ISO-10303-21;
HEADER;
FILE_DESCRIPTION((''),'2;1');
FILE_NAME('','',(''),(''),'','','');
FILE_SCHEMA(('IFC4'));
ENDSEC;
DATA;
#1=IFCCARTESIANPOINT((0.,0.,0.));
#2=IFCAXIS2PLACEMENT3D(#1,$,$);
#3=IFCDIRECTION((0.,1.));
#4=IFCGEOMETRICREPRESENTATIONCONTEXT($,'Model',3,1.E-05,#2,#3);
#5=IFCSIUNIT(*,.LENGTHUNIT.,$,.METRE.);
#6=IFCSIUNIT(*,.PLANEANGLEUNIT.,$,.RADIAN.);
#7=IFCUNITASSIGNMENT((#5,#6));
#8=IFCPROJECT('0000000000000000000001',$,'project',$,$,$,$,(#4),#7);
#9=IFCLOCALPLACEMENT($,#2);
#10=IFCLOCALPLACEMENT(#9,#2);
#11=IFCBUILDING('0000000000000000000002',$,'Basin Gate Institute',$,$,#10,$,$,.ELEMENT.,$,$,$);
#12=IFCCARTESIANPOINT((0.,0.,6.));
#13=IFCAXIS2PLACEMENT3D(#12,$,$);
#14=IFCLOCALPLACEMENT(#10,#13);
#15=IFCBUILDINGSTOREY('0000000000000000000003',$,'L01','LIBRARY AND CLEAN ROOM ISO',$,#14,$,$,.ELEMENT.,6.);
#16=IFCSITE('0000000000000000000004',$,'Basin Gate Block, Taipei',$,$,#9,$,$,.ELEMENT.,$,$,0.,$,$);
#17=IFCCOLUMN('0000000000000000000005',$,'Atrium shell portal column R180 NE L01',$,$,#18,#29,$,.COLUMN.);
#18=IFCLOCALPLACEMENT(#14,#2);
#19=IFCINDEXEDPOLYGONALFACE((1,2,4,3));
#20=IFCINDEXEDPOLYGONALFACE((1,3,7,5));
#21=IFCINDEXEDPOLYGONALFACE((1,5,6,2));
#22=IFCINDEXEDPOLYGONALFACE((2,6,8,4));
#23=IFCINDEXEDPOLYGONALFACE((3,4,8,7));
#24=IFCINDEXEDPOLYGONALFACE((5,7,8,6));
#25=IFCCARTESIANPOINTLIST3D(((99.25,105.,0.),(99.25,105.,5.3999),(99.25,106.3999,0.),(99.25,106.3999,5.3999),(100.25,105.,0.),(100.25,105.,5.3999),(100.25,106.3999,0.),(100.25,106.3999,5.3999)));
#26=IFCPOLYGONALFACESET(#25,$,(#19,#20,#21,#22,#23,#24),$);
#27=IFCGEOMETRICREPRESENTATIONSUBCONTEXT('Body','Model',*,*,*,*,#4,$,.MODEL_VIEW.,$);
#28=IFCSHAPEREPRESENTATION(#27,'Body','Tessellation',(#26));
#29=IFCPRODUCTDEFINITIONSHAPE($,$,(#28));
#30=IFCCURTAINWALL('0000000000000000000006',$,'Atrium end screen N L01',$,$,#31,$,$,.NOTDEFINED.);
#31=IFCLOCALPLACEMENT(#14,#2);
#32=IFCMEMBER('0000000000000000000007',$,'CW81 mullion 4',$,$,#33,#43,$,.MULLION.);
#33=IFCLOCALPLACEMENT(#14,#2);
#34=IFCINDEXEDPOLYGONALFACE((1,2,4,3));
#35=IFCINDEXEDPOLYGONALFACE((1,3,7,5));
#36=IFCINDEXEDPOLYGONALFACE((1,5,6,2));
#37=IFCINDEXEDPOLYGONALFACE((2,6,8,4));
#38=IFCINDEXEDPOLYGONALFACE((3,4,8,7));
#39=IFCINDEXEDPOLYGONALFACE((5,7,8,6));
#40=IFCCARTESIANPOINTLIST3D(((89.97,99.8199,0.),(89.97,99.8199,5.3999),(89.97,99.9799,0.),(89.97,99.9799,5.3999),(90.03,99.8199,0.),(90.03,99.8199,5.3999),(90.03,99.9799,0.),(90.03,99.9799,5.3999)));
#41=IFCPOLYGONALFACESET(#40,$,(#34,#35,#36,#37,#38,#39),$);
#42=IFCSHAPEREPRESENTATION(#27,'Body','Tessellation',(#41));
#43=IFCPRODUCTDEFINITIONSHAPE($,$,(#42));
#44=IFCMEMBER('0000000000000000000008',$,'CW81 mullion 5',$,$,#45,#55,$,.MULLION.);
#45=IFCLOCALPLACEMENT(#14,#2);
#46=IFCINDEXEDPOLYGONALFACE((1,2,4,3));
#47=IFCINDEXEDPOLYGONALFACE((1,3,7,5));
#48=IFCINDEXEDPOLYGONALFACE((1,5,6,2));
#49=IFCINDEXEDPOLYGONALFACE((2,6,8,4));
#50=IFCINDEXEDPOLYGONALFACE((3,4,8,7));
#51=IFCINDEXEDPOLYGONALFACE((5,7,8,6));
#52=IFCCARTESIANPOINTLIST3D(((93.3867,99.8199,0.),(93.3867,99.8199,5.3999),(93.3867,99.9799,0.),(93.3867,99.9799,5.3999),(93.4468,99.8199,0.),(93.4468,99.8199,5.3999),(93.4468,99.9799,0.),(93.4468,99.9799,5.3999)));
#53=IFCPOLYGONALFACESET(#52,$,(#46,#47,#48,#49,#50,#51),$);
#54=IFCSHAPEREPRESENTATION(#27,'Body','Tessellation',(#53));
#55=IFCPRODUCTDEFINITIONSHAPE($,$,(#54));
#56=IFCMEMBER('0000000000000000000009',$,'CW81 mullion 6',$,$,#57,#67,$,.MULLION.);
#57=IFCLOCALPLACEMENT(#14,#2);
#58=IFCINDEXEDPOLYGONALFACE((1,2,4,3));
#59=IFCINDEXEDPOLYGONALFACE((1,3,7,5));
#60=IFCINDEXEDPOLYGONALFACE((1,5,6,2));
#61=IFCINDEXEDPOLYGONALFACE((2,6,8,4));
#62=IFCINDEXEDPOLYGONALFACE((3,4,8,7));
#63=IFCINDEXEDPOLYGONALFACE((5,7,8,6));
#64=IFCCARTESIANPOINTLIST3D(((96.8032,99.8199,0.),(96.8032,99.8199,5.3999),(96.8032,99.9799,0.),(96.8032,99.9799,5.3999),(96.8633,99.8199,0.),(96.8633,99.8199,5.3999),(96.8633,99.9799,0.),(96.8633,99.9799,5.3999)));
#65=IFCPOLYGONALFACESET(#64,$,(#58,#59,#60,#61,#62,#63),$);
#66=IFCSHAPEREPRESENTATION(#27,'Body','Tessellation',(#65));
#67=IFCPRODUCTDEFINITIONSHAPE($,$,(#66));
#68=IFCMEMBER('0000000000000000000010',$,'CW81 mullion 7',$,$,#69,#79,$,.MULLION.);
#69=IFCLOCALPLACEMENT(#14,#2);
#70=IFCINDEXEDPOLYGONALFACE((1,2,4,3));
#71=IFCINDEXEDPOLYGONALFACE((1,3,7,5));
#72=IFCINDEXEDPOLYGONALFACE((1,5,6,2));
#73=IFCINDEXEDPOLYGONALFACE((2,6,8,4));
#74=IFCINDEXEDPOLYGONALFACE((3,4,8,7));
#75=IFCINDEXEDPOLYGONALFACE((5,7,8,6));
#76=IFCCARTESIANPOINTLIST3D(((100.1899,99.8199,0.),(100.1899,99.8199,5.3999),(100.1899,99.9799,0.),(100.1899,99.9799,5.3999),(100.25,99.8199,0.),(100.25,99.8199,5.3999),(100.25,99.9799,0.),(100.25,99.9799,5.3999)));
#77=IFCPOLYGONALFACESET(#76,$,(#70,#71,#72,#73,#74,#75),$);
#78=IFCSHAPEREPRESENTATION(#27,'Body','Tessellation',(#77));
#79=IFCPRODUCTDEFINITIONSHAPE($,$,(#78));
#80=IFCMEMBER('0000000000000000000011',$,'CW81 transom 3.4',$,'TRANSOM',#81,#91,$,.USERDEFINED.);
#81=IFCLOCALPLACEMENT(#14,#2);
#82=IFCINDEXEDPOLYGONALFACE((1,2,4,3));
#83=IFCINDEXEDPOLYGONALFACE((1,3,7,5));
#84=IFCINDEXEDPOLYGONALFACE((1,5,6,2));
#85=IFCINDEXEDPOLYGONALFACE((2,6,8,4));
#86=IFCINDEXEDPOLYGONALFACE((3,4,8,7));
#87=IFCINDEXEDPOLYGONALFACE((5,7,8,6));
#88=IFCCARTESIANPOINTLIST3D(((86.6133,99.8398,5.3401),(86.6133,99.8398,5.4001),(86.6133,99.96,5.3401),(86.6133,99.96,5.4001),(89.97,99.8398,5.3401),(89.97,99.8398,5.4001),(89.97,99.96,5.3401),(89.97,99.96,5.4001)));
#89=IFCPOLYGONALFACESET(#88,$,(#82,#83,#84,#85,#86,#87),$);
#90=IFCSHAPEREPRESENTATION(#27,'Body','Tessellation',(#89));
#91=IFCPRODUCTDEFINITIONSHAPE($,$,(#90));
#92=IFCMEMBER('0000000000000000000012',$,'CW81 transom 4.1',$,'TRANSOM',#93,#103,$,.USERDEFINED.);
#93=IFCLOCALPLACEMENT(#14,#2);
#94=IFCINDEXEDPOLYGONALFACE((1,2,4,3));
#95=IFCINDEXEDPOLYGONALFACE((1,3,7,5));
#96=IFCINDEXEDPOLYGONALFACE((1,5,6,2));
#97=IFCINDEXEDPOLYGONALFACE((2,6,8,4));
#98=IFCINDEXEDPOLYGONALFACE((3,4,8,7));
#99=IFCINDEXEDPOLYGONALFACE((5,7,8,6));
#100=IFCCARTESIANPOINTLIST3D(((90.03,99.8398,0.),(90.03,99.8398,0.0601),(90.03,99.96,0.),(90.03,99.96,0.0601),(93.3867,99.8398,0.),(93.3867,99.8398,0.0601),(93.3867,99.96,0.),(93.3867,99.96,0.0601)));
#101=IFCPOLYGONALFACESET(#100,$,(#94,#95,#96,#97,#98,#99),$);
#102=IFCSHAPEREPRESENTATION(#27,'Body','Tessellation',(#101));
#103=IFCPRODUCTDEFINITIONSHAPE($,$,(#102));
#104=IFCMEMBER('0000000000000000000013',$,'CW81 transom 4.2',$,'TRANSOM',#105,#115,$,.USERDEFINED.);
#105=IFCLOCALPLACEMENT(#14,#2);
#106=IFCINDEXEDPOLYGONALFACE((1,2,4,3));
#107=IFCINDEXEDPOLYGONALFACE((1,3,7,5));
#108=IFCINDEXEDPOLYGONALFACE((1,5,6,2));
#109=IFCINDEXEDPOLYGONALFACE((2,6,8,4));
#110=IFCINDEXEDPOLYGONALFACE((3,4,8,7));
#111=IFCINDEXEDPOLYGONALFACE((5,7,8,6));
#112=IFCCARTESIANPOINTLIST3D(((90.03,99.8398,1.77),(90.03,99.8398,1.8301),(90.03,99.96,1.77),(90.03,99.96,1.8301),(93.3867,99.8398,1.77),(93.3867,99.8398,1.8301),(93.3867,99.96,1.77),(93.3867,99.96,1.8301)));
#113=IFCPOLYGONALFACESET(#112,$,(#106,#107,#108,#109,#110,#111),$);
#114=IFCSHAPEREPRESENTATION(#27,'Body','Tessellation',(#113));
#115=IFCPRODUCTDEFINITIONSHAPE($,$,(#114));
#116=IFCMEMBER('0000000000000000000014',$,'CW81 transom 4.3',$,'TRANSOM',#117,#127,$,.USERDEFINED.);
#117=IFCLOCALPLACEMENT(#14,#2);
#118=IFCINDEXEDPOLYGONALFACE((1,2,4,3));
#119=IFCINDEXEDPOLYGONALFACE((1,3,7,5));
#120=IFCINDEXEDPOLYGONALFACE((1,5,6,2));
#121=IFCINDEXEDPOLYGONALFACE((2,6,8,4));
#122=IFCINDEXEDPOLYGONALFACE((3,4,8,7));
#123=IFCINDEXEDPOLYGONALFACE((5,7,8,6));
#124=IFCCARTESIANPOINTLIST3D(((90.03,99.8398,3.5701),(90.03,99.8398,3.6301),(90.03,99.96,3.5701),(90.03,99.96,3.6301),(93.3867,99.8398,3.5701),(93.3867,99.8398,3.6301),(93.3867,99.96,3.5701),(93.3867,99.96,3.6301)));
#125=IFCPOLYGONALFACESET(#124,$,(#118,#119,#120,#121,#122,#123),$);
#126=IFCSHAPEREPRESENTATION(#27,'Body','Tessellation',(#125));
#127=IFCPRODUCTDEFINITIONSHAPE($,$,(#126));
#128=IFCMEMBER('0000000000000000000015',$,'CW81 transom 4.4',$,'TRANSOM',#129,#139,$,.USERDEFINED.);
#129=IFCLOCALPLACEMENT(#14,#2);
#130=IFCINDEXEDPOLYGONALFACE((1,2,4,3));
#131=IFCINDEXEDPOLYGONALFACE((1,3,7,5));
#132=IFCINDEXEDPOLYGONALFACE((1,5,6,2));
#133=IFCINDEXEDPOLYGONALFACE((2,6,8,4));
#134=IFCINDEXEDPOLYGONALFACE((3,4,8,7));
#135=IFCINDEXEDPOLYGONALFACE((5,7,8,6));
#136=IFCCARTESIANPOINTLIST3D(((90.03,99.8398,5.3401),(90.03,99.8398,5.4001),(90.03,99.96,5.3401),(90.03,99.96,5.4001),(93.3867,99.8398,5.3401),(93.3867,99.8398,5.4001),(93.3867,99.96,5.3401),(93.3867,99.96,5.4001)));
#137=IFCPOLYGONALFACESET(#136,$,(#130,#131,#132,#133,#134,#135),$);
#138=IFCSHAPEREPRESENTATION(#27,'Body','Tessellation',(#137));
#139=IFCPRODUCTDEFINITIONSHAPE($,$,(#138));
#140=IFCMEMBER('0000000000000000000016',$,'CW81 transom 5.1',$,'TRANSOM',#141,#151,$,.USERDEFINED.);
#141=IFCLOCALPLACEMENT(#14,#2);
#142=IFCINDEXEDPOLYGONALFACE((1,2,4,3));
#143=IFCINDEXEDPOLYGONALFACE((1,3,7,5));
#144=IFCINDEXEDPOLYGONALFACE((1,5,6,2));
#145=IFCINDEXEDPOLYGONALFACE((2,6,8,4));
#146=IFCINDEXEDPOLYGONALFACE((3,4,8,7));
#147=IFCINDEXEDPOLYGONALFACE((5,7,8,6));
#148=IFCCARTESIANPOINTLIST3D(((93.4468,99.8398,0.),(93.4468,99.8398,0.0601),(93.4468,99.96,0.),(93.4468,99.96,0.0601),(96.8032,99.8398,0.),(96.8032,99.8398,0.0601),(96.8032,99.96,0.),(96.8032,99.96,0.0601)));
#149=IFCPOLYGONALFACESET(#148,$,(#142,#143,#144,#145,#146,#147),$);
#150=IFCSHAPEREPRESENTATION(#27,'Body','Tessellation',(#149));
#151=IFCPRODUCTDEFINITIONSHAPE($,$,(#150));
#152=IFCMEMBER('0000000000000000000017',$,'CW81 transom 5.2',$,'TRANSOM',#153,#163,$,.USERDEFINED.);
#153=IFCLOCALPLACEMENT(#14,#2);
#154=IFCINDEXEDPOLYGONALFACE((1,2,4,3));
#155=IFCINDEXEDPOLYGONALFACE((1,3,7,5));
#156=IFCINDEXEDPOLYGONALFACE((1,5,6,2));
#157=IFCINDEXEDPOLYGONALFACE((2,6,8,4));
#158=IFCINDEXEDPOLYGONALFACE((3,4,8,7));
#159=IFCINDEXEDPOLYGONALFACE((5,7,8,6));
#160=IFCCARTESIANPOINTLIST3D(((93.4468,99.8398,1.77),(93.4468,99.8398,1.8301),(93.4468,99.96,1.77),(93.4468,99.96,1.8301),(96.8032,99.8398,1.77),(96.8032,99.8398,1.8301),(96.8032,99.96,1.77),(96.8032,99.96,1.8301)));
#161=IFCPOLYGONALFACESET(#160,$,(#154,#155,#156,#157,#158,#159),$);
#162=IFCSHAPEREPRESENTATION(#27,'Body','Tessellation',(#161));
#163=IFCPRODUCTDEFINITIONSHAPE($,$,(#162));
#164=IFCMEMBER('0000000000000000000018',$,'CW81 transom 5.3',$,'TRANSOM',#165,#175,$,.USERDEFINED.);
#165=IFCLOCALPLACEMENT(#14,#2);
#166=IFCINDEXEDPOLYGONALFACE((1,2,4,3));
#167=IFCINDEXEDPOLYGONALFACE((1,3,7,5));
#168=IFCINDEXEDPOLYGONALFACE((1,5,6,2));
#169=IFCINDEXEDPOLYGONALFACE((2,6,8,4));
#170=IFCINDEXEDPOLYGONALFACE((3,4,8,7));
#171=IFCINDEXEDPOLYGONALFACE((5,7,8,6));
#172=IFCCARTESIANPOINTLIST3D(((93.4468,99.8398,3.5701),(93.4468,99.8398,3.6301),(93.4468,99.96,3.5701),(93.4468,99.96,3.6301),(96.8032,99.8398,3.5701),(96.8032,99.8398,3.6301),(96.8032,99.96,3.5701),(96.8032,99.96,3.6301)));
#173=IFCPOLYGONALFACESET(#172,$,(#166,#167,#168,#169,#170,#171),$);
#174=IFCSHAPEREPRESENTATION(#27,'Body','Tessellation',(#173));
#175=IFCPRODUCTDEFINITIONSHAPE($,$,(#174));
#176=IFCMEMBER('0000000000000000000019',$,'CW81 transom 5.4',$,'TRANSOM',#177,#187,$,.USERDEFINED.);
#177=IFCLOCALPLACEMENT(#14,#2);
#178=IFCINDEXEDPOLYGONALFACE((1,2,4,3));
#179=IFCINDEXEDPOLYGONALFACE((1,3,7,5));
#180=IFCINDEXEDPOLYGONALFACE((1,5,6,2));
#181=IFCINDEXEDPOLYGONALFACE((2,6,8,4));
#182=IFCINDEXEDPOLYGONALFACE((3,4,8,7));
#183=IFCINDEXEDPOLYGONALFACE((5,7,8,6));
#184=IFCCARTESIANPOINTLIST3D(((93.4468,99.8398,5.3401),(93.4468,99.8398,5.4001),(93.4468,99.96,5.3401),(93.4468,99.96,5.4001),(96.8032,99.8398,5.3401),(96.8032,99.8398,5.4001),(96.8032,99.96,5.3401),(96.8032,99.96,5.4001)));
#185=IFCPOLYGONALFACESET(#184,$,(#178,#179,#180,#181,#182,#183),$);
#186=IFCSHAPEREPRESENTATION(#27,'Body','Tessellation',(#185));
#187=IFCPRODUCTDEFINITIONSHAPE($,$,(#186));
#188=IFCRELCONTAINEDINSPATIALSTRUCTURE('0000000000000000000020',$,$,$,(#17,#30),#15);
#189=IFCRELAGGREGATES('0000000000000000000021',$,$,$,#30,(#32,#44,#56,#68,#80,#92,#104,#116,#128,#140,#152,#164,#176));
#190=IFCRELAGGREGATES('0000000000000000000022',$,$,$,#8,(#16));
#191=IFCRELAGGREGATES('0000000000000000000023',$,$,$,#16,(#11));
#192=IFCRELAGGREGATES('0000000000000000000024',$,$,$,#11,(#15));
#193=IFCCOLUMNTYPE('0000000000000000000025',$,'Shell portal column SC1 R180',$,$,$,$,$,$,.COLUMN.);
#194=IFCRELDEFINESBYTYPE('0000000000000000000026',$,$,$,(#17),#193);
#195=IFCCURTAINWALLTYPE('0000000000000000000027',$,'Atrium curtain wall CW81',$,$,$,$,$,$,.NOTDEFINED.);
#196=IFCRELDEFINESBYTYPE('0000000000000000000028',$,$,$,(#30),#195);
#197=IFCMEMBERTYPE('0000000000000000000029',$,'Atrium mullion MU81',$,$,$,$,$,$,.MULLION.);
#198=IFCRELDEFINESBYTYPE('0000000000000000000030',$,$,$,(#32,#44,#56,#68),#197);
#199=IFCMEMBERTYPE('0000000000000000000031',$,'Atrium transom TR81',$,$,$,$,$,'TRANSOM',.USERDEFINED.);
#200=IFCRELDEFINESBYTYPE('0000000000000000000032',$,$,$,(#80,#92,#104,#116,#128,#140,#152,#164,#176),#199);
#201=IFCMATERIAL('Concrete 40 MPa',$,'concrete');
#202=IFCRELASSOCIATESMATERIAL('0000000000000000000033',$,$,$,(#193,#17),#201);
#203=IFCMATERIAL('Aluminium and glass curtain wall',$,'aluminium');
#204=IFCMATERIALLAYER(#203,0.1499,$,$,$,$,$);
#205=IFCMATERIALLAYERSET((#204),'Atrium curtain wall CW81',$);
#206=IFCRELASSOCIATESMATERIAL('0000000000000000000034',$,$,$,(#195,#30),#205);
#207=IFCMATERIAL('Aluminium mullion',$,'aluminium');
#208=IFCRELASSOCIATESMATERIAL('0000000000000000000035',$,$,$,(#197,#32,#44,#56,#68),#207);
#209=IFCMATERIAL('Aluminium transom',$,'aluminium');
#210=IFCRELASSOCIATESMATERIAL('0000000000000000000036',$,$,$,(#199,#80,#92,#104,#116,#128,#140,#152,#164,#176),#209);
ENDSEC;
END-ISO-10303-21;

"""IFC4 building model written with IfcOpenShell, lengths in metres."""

from ifc_helpers import new_model, si_unit, direction, frame, origin, origin_2d, place, context, subcontext, project, spatial, rectangle, extrude, material, layer, layer_set, material_profile, profile_set, type_object, element, aggregate, save


model = new_model("IFC4")

# Units and contexts
model_context = context("Model", 3, precision=1e-05, world=origin(), true_north=direction((0.0, 1.0)))
body_context = subcontext(model_context, "Body", "Model", "MODEL_VIEW")
ifc_project = project(units=[si_unit("LENGTHUNIT", "METRE"), si_unit("PLANEANGLEUNIT", "RADIAN")], contexts=[model_context])

# Site, building, storey
site_placement = place(None, origin())
site = spatial("IfcSite", under=ifc_project, at=site_placement, Name="Basin Gate Block, Taipei", CompositionType="ELEMENT", RefElevation=0.0)
building_placement = place(site_placement, origin())
building = spatial("IfcBuilding", under=site, at=building_placement, Name="Basin Gate Institute", CompositionType="ELEMENT")
storey_placement = place(building_placement, frame((0.0, 0.0, 6.0)))
storey = spatial("IfcBuildingStorey", under=building, at=storey_placement, Name="L01", Description="LIBRARY AND CLEAN ROOM ISO", CompositionType="ELEMENT", Elevation=6.0)

# Column
ifc_material_1 = material(Name="Concrete 40 MPa", Category="concrete")
ifc_material_profile_1 = material_profile(ifc_material_1, rectangle(XDim=1.0, YDim=1.3999, at=origin_2d()), Name="Shell portal column SC1 1000 x 1400")
ifc_profile_set_1 = profile_set([ifc_material_profile_1], Name="Concrete 40 MPa")
column_type = type_object("IfcColumnType", Name="Shell portal column SC1 R180", PredefinedType="COLUMN", material=ifc_profile_set_1)
column_placement = place(storey_placement, frame((99.75, 105.7, 0.0), z_axis=(0.0, 0.0, 1.0), x_axis=(1.0, 0.0, 0.0)))
element("IfcColumn", 1, at=column_placement, inside=storey, type_object=column_type, material=ifc_profile_set_1, Name="Atrium shell portal column R180 NE L01", PredefinedType="COLUMN", context=body_context, shape_type="SweptSolid", body=[
    extrude(rectangle(XDim=1.0, YDim=1.3999, at=origin_2d()), origin(), (0.0, 0.0, 1.0), 5.3999),
])

# Curtain wall, members
ifc_material_2 = material(Name="Aluminium and glass curtain wall", Category="aluminium")
ifc_layer_1 = layer(ifc_material_2, 0.1499)
ifc_layer_set_1 = layer_set([ifc_layer_1], Name="Atrium curtain wall CW81")
curtain_wall_type = type_object("IfcCurtainWallType", Name="Atrium curtain wall CW81", PredefinedType="NOTDEFINED", material=ifc_layer_set_1)
curtain_wall_placement = place(storey_placement, origin())
curtain_wall = element("IfcCurtainWall", 2, at=curtain_wall_placement, inside=storey, type_object=curtain_wall_type, material=ifc_layer_set_1, Name="Atrium end screen N L01", PredefinedType="NOTDEFINED")
ifc_material_3 = material(Name="Aluminium mullion", Category="aluminium")
ifc_material_profile_2 = material_profile(ifc_material_3, rectangle(XDim=0.1599, YDim=0.0601, at=origin_2d()), Name="Atrium mullion MU81 160 x 60")
ifc_profile_set_2 = profile_set([ifc_material_profile_2], Name="Aluminium mullion")
member_type_1 = type_object("IfcMemberType", Name="Atrium mullion MU81", PredefinedType="MULLION", material=ifc_profile_set_2)
member_1_placement = place(storey_placement, frame((90.0, 99.8999, 0.0), z_axis=(0.0, 0.0, 1.0), x_axis=(0.0, 1.0, 0.0)))
member_1 = element("IfcMember", 3, at=member_1_placement, type_object=member_type_1, material=ifc_profile_set_2, Name="CW81 mullion 4", PredefinedType="MULLION", context=body_context, shape_type="SweptSolid", body=[
    extrude(rectangle(XDim=0.1599, YDim=0.0601, at=origin_2d()), origin(), (0.0, 0.0, 1.0), 5.3999),
])
member_2_placement = place(storey_placement, frame((93.4167, 99.8999, 0.0), z_axis=(0.0, 0.0, 1.0), x_axis=(0.0, 1.0, 0.0)))
member_2 = element("IfcMember", 4, at=member_2_placement, type_object=member_type_1, material=ifc_profile_set_2, Name="CW81 mullion 5", PredefinedType="MULLION", context=body_context, shape_type="SweptSolid", body=[
    extrude(rectangle(XDim=0.1599, YDim=0.0601, at=origin_2d()), origin(), (0.0, 0.0, 1.0), 5.3999),
])
member_3_placement = place(storey_placement, frame((96.8333, 99.8999, 0.0), z_axis=(0.0, 0.0, 1.0), x_axis=(0.0, 1.0, 0.0)))
member_3 = element("IfcMember", 5, at=member_3_placement, type_object=member_type_1, material=ifc_profile_set_2, Name="CW81 mullion 6", PredefinedType="MULLION", context=body_context, shape_type="SweptSolid", body=[
    extrude(rectangle(XDim=0.1599, YDim=0.0601, at=origin_2d()), origin(), (0.0, 0.0, 1.0), 5.3999),
])
member_4_placement = place(storey_placement, frame((100.22, 99.8999, 0.0), z_axis=(0.0, 0.0, 1.0), x_axis=(0.0, 1.0, 0.0)))
member_4 = element("IfcMember", 6, at=member_4_placement, type_object=member_type_1, material=ifc_profile_set_2, Name="CW81 mullion 7", PredefinedType="MULLION", context=body_context, shape_type="SweptSolid", body=[
    extrude(rectangle(XDim=0.1599, YDim=0.0601, at=origin_2d()), origin(), (0.0, 0.0, 1.0), 5.3999),
])
ifc_material_4 = material(Name="Aluminium transom", Category="aluminium")
ifc_material_profile_3 = material_profile(ifc_material_4, rectangle(XDim=0.1201, YDim=0.0601, at=origin_2d()), Name="Atrium transom TR81 120 x 60")
ifc_profile_set_3 = profile_set([ifc_material_profile_3], Name="Aluminium transom")
member_type_2 = type_object("IfcMemberType", Name="Atrium transom TR81", ElementType="TRANSOM", PredefinedType="USERDEFINED", material=ifc_profile_set_3)
member_5_placement = place(storey_placement, frame((86.6133, 99.8999, 5.3701), z_axis=(1.0, 0.0, 0.0), x_axis=(0.0, 1.0, 0.0)))
member_5 = element("IfcMember", 7, at=member_5_placement, type_object=member_type_2, material=ifc_profile_set_3, Name="CW81 transom 3.4", ObjectType="TRANSOM", PredefinedType="USERDEFINED", context=body_context, shape_type="SweptSolid", body=[
    extrude(rectangle(XDim=0.1201, YDim=0.0601, at=origin_2d()), origin(), (0.0, 0.0, 1.0), 3.3567),
])
member_6_placement = place(storey_placement, frame((90.03, 99.8999, 0.03), z_axis=(1.0, 0.0, 0.0), x_axis=(0.0, 1.0, 0.0)))
member_6 = element("IfcMember", 8, at=member_6_placement, type_object=member_type_2, material=ifc_profile_set_3, Name="CW81 transom 4.1", ObjectType="TRANSOM", PredefinedType="USERDEFINED", context=body_context, shape_type="SweptSolid", body=[
    extrude(rectangle(XDim=0.1201, YDim=0.0601, at=origin_2d()), origin(), (0.0, 0.0, 1.0), 3.3567),
])
member_7_placement = place(storey_placement, frame((90.03, 99.8999, 1.8), z_axis=(1.0, 0.0, 0.0), x_axis=(0.0, 1.0, 0.0)))
member_7 = element("IfcMember", 9, at=member_7_placement, type_object=member_type_2, material=ifc_profile_set_3, Name="CW81 transom 4.2", ObjectType="TRANSOM", PredefinedType="USERDEFINED", context=body_context, shape_type="SweptSolid", body=[
    extrude(rectangle(XDim=0.1201, YDim=0.0601, at=origin_2d()), origin(), (0.0, 0.0, 1.0), 3.3567),
])
member_8_placement = place(storey_placement, frame((90.03, 99.8999, 3.6001), z_axis=(1.0, 0.0, 0.0), x_axis=(0.0, 1.0, 0.0)))
member_8 = element("IfcMember", 10, at=member_8_placement, type_object=member_type_2, material=ifc_profile_set_3, Name="CW81 transom 4.3", ObjectType="TRANSOM", PredefinedType="USERDEFINED", context=body_context, shape_type="SweptSolid", body=[
    extrude(rectangle(XDim=0.1201, YDim=0.0601, at=origin_2d()), origin(), (0.0, 0.0, 1.0), 3.3567),
])
member_9_placement = place(storey_placement, frame((90.03, 99.8999, 5.3701), z_axis=(1.0, 0.0, 0.0), x_axis=(0.0, 1.0, 0.0)))
member_9 = element("IfcMember", 11, at=member_9_placement, type_object=member_type_2, material=ifc_profile_set_3, Name="CW81 transom 4.4", ObjectType="TRANSOM", PredefinedType="USERDEFINED", context=body_context, shape_type="SweptSolid", body=[
    extrude(rectangle(XDim=0.1201, YDim=0.0601, at=origin_2d()), origin(), (0.0, 0.0, 1.0), 3.3567),
])
member_10_placement = place(storey_placement, frame((93.4468, 99.8999, 0.03), z_axis=(1.0, 0.0, 0.0), x_axis=(0.0, 1.0, 0.0)))
member_10 = element("IfcMember", 12, at=member_10_placement, type_object=member_type_2, material=ifc_profile_set_3, Name="CW81 transom 5.1", ObjectType="TRANSOM", PredefinedType="USERDEFINED", context=body_context, shape_type="SweptSolid", body=[
    extrude(rectangle(XDim=0.1201, YDim=0.0601, at=origin_2d()), origin(), (0.0, 0.0, 1.0), 3.3564),
])
member_11_placement = place(storey_placement, frame((93.4468, 99.8999, 1.8), z_axis=(1.0, 0.0, 0.0), x_axis=(0.0, 1.0, 0.0)))
member_11 = element("IfcMember", 13, at=member_11_placement, type_object=member_type_2, material=ifc_profile_set_3, Name="CW81 transom 5.2", ObjectType="TRANSOM", PredefinedType="USERDEFINED", context=body_context, shape_type="SweptSolid", body=[
    extrude(rectangle(XDim=0.1201, YDim=0.0601, at=origin_2d()), origin(), (0.0, 0.0, 1.0), 3.3564),
])
member_12_placement = place(storey_placement, frame((93.4468, 99.8999, 3.6001), z_axis=(1.0, 0.0, 0.0), x_axis=(0.0, 1.0, 0.0)))
member_12 = element("IfcMember", 14, at=member_12_placement, type_object=member_type_2, material=ifc_profile_set_3, Name="CW81 transom 5.3", ObjectType="TRANSOM", PredefinedType="USERDEFINED", context=body_context, shape_type="SweptSolid", body=[
    extrude(rectangle(XDim=0.1201, YDim=0.0601, at=origin_2d()), origin(), (0.0, 0.0, 1.0), 3.3564),
])
member_13_placement = place(storey_placement, frame((93.4468, 99.8999, 5.3701), z_axis=(1.0, 0.0, 0.0), x_axis=(0.0, 1.0, 0.0)))
member_13 = element("IfcMember", 15, at=member_13_placement, type_object=member_type_2, material=ifc_profile_set_3, Name="CW81 transom 5.4", ObjectType="TRANSOM", PredefinedType="USERDEFINED", context=body_context, shape_type="SweptSolid", body=[
    extrude(rectangle(XDim=0.1201, YDim=0.0601, at=origin_2d()), origin(), (0.0, 0.0, 1.0), 3.3564),
])

aggregate(curtain_wall, [member_1, member_2, member_3, member_4, member_5, member_6, member_7, member_8, member_9, member_10, member_11, member_12, member_13])

save(model, "model.ifc")
